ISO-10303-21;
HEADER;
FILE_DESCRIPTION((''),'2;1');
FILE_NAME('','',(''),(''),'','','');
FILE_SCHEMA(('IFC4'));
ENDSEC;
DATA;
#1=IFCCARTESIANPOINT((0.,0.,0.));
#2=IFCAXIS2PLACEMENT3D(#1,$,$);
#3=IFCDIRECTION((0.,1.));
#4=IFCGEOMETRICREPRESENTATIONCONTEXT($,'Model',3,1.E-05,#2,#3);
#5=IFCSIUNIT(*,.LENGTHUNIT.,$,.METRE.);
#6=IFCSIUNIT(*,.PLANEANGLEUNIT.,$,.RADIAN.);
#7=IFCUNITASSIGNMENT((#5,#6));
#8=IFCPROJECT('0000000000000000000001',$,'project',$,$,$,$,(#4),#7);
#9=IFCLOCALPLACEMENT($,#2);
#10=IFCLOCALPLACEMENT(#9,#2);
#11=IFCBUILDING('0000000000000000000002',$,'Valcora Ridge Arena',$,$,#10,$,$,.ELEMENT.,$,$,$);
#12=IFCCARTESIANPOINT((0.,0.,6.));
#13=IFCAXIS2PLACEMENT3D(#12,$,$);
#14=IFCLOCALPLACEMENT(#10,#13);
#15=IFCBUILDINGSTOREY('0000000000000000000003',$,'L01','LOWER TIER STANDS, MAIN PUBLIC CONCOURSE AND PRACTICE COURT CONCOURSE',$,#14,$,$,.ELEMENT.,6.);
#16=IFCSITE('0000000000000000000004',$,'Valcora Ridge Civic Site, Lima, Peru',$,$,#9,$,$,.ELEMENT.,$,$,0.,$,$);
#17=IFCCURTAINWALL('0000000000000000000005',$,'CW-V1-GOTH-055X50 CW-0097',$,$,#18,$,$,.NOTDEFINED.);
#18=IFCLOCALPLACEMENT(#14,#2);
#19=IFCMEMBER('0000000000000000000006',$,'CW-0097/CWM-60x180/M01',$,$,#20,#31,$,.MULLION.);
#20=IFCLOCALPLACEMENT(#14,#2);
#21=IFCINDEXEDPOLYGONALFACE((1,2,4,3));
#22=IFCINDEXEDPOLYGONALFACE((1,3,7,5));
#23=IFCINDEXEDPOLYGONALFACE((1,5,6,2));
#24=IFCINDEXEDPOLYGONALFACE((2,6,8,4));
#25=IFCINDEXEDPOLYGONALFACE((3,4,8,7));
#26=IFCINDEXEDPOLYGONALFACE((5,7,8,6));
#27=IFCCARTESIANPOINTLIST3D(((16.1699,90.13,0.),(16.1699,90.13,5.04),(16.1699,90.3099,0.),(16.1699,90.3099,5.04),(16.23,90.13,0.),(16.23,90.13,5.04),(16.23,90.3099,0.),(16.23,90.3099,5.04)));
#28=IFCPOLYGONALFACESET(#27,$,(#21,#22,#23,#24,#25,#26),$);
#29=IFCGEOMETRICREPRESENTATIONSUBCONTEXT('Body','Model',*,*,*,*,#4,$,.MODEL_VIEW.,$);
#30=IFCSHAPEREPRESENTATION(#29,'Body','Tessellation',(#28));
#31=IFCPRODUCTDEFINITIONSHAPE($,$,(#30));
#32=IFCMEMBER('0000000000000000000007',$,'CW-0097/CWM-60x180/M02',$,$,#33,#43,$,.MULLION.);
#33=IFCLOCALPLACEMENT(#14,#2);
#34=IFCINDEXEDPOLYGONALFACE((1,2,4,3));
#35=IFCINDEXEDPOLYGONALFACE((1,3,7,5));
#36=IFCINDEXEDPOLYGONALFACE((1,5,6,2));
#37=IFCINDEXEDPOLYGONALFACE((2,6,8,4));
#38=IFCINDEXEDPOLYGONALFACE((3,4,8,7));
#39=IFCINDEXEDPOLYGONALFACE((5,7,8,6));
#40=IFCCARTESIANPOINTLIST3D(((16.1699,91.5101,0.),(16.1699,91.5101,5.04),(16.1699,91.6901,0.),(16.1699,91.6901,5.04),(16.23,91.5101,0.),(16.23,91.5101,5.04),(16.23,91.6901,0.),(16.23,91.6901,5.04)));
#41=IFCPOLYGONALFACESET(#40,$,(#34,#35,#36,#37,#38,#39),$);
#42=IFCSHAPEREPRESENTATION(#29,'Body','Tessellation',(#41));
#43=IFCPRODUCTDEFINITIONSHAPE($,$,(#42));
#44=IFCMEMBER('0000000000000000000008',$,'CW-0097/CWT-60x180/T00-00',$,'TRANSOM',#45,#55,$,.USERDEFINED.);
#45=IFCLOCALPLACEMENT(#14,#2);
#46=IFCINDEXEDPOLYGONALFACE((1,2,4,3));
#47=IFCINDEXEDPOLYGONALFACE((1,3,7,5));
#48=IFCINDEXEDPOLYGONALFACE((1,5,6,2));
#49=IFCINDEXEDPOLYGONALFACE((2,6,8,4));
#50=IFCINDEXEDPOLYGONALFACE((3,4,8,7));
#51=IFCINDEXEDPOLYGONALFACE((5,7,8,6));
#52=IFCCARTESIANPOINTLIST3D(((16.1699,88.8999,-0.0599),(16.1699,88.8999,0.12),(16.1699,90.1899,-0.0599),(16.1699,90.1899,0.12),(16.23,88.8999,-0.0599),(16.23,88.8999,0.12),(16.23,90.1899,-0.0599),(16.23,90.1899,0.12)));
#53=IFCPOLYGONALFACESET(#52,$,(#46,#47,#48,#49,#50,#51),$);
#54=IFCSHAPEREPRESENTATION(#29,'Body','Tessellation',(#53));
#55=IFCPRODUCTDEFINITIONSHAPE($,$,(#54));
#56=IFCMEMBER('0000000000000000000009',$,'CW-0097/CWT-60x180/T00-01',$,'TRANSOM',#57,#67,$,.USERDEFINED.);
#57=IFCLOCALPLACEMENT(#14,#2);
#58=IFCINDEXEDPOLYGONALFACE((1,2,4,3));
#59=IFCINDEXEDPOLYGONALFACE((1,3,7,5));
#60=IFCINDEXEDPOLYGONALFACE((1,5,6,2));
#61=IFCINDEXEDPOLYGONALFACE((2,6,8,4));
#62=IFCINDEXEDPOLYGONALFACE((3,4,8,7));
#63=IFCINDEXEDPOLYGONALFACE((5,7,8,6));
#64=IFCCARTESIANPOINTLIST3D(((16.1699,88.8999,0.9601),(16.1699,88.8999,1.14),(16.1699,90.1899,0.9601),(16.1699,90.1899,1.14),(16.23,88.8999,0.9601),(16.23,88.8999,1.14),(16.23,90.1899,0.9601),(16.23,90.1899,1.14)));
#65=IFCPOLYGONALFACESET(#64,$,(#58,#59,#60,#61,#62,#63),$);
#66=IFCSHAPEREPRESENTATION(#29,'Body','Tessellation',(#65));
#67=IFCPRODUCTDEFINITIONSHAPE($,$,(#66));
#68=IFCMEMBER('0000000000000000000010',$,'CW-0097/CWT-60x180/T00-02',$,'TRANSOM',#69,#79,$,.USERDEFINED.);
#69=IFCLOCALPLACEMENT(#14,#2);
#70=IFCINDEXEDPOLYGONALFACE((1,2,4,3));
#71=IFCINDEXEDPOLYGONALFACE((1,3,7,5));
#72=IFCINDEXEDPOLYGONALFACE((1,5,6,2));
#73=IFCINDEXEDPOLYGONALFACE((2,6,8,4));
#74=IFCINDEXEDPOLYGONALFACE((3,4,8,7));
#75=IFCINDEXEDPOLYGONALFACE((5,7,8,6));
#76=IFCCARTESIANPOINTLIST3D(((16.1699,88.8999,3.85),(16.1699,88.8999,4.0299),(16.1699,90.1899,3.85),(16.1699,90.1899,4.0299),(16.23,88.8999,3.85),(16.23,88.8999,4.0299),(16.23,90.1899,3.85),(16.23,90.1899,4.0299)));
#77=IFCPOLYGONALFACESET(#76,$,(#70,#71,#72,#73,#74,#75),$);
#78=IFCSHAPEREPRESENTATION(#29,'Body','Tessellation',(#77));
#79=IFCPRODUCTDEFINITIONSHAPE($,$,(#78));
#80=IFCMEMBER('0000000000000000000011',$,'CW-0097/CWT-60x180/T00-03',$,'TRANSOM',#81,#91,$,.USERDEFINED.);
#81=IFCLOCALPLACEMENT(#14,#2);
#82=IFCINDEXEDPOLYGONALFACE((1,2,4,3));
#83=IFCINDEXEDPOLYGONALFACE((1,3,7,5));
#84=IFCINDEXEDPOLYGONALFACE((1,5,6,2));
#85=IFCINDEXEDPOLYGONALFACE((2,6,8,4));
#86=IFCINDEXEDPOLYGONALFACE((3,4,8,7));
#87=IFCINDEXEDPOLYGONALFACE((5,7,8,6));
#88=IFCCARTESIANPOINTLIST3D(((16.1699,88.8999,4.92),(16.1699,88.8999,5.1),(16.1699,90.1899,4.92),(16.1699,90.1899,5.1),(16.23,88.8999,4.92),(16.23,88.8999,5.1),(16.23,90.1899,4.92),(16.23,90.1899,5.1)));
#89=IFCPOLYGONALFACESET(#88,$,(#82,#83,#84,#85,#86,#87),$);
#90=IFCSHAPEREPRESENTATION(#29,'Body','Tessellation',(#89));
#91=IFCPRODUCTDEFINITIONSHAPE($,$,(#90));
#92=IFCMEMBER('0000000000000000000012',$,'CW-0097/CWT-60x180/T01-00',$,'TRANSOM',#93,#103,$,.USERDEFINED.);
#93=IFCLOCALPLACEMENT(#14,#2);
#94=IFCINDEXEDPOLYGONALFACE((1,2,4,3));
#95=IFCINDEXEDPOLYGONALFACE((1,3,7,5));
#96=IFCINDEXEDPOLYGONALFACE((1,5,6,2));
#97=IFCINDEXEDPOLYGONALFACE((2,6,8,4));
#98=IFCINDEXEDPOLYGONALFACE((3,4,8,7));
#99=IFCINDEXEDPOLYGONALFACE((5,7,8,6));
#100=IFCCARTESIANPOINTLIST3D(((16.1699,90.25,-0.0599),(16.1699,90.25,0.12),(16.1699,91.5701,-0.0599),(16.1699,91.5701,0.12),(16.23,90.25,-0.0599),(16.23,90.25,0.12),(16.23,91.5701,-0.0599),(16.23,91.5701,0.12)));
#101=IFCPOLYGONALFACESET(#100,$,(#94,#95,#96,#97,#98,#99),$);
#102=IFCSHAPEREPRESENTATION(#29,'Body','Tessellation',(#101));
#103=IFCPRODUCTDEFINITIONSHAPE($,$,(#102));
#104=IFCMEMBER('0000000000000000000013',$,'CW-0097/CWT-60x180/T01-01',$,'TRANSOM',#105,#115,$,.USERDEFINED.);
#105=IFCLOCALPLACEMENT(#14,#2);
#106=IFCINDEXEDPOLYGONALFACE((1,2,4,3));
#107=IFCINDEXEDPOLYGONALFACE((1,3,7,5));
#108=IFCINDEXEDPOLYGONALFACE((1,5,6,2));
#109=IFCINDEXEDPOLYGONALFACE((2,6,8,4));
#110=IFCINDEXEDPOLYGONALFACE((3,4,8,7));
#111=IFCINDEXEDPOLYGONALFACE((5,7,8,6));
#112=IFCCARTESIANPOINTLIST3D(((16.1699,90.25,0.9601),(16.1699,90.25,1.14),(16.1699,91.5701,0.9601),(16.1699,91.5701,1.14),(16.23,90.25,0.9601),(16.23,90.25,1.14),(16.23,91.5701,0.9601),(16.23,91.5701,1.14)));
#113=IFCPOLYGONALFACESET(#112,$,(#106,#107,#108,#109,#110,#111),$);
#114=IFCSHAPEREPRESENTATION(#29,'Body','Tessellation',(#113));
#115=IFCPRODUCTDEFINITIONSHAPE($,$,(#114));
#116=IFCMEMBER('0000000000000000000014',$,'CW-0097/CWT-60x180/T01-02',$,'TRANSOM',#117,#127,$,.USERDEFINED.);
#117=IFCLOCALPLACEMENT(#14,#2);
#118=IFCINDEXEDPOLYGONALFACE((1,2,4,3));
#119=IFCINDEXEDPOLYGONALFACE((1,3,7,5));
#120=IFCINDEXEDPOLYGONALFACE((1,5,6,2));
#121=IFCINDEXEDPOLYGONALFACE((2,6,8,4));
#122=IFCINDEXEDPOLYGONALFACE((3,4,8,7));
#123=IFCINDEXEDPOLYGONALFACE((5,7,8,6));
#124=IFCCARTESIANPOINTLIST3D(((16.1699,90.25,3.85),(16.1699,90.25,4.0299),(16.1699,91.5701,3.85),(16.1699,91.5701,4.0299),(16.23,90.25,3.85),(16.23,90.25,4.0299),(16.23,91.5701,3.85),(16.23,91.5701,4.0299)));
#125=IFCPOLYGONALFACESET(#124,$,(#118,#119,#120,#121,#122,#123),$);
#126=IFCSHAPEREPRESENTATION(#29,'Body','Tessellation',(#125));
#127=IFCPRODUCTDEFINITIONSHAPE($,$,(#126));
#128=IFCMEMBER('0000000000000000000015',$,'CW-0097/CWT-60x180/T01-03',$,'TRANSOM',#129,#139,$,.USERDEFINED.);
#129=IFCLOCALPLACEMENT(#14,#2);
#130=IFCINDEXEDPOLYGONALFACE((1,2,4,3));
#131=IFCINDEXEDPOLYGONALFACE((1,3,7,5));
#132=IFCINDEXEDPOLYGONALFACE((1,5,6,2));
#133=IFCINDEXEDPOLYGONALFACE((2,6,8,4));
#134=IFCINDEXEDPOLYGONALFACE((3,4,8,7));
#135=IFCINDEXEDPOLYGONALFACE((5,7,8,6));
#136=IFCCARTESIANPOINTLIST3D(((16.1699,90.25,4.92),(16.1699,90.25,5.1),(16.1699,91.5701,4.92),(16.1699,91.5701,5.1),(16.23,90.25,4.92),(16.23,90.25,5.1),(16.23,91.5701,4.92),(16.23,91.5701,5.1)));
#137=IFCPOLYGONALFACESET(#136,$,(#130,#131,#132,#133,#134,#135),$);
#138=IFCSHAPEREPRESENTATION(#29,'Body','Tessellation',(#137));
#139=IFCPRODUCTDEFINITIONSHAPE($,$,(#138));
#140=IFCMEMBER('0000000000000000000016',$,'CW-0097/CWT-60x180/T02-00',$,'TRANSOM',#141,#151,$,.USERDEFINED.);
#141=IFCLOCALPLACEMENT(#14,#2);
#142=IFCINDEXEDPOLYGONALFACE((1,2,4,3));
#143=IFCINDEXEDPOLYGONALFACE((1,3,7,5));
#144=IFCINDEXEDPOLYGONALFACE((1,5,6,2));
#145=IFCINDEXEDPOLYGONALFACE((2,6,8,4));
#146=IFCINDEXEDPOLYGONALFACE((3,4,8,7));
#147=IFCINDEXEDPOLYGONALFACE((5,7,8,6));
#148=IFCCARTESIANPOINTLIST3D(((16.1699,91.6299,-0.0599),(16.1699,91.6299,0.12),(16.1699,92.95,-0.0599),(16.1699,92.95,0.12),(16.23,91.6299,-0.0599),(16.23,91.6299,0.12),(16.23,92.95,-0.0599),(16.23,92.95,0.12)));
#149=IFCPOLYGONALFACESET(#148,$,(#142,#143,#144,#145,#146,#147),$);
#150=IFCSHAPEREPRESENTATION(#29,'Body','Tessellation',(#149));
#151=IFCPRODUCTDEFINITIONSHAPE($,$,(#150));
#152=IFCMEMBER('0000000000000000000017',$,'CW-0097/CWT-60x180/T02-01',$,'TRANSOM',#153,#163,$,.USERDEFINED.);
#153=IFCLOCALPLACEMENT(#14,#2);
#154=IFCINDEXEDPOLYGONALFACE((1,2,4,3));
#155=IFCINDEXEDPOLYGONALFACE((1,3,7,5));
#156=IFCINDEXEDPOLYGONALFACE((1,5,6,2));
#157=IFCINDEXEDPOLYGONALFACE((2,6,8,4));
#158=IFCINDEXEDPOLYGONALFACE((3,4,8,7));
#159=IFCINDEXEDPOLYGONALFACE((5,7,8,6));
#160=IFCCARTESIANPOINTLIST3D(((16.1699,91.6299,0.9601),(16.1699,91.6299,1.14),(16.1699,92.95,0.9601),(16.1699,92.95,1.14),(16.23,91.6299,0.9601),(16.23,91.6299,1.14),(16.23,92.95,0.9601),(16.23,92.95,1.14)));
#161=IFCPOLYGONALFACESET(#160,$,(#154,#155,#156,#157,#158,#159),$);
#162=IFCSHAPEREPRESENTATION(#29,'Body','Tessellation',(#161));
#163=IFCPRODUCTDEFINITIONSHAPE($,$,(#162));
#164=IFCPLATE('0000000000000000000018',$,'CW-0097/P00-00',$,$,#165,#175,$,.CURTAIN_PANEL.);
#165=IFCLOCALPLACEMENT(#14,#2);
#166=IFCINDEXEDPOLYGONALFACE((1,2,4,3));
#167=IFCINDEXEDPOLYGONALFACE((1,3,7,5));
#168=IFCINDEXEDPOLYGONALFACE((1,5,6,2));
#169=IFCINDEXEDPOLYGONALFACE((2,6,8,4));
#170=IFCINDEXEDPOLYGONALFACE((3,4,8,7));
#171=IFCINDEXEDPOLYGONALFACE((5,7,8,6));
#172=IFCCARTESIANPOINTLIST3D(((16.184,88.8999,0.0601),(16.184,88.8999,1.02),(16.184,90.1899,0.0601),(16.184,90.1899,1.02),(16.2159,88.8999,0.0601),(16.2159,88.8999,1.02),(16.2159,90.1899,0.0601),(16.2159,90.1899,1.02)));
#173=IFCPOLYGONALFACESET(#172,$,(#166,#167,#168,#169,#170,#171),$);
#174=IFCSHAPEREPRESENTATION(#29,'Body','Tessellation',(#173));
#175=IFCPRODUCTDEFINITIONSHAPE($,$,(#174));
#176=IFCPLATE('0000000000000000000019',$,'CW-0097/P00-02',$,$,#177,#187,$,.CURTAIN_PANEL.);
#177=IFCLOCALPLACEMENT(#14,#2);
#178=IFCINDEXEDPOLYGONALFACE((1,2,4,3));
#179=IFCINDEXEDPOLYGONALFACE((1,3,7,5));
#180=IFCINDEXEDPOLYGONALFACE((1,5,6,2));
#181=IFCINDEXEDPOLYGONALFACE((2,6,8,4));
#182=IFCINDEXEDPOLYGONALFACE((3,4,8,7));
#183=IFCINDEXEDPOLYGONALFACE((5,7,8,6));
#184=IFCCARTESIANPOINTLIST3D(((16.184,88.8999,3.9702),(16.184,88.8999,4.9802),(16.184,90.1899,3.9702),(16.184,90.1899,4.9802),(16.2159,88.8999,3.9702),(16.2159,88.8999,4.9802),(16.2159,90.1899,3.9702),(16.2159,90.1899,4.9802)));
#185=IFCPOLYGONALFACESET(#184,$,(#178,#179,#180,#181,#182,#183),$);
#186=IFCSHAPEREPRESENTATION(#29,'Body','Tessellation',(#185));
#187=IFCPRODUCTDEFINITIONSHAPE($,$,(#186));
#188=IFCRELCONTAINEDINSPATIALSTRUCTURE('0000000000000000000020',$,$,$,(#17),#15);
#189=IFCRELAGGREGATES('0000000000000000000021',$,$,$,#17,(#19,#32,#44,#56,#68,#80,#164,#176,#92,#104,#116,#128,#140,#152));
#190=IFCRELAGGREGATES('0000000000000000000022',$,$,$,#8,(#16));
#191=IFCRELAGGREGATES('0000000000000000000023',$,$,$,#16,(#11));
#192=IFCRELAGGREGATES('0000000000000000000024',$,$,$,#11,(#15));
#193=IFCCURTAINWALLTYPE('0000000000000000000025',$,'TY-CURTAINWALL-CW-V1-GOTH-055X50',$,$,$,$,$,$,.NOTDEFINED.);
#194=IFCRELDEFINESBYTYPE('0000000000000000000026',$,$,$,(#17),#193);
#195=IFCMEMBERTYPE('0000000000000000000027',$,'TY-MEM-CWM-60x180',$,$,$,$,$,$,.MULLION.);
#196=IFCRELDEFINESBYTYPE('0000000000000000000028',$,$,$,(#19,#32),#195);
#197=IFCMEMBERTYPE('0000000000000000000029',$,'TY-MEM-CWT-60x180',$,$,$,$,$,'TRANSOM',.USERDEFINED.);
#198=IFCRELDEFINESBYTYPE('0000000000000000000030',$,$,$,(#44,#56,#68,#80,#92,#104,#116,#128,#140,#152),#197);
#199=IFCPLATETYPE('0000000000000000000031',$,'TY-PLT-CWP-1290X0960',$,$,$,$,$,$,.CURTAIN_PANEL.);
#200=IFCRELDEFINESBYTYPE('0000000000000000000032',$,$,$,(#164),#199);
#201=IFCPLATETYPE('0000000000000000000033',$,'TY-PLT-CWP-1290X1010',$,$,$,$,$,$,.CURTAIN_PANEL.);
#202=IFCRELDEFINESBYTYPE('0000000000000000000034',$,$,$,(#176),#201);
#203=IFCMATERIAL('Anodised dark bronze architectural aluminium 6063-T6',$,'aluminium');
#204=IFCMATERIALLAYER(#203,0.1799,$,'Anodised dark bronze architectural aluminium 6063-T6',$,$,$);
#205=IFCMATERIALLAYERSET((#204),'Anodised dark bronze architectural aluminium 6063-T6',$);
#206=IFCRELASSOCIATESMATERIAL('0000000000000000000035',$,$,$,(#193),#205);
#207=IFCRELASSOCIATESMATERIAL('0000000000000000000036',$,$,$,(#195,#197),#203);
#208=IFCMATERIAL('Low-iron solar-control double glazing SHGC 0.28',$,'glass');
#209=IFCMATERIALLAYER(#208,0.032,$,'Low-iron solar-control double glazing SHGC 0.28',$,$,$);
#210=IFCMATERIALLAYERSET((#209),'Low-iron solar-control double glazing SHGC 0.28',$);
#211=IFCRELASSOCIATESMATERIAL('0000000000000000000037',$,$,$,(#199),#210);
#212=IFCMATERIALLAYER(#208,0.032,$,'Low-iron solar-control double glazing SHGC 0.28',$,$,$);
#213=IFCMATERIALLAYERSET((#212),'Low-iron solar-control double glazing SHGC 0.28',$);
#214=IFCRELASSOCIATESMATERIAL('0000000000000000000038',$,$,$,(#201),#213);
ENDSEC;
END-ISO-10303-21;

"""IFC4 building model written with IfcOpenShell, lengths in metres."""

from ifc_helpers import new_model, si_unit, direction, frame, origin, origin_2d, place, context, subcontext, project, spatial, rectangle, extrude, material, layer, layer_set, material_profile, profile_set, type_object, element, aggregate, save


model = new_model("IFC4")

# Units and contexts
model_context = context("Model", 3, precision=1e-05, world=origin(), true_north=direction((0.0, 1.0)))
body_context = subcontext(model_context, "Body", "Model", "MODEL_VIEW")
ifc_project = project(units=[si_unit("LENGTHUNIT", "METRE"), si_unit("PLANEANGLEUNIT", "RADIAN")], contexts=[model_context])

# Site, building, storey
site_placement = place(None, origin())
site = spatial("IfcSite", under=ifc_project, at=site_placement, Name="Valcora Ridge Civic Site, Lima, Peru", CompositionType="ELEMENT", RefElevation=0.0)
building_placement = place(site_placement, origin())
building = spatial("IfcBuilding", under=site, at=building_placement, Name="Valcora Ridge Arena", CompositionType="ELEMENT")
storey_placement = place(building_placement, frame((0.0, 0.0, 6.0)))
storey = spatial("IfcBuildingStorey", under=building, at=storey_placement, Name="L01", Description="LOWER TIER STANDS, MAIN PUBLIC CONCOURSE AND PRACTICE COURT CONCOURSE", CompositionType="ELEMENT", Elevation=6.0)

# Curtain wall, members, plates
ifc_material_1 = material(Name="Anodised dark bronze architectural aluminium 6063-T6", Category="aluminium")
ifc_layer_1 = layer(ifc_material_1, 0.1799, Name="Anodised dark bronze architectural aluminium 6063-T6")
ifc_layer_set_1 = layer_set([ifc_layer_1], Name="Anodised dark bronze architectural aluminium 6063-T6")
curtain_wall_type = type_object("IfcCurtainWallType", Name="TY-CURTAINWALL-CW-V1-GOTH-055X50", PredefinedType="NOTDEFINED", material=ifc_layer_set_1)
curtain_wall_placement = place(storey_placement, origin())
curtain_wall = element("IfcCurtainWall", 1, at=curtain_wall_placement, inside=storey, type_object=curtain_wall_type, Name="CW-V1-GOTH-055X50 CW-0097", PredefinedType="NOTDEFINED")
ifc_material_profile_1 = material_profile(ifc_material_1, rectangle(XDim=0.0601, YDim=0.1799, at=origin_2d()), Name="ALU MULLION 60x180")
ifc_profile_set_1 = profile_set([ifc_material_profile_1], Name="Anodised dark bronze architectural aluminium 6063-T6")
member_type_1 = type_object("IfcMemberType", Name="TY-MEM-CWM-60x180", PredefinedType="MULLION", material=ifc_profile_set_1)
member_1_placement = place(storey_placement, frame((16.2, 90.22, 0.0), z_axis=(0.0, 0.0, 1.0), x_axis=(-1.0, 0.0, 0.0)))
member_1 = element("IfcMember", 2, at=member_1_placement, type_object=member_type_1, Name="CW-0097/CWM-60x180/M01", PredefinedType="MULLION", context=body_context, shape_type="SweptSolid", body=[
    extrude(rectangle(XDim=0.0601, YDim=0.1799, at=origin_2d()), origin(), (0.0, 0.0, 1.0), 5.04),
])
member_2_placement = place(storey_placement, frame((16.2, 91.6001, 0.0), z_axis=(0.0, 0.0, 1.0), x_axis=(-1.0, 0.0, 0.0)))
member_2 = element("IfcMember", 3, at=member_2_placement, type_object=member_type_1, Name="CW-0097/CWM-60x180/M02", PredefinedType="MULLION", context=body_context, shape_type="SweptSolid", body=[
    extrude(rectangle(XDim=0.0601, YDim=0.1799, at=origin_2d()), origin(), (0.0, 0.0, 1.0), 5.04),
])
ifc_material_profile_2 = material_profile(ifc_material_1, rectangle(XDim=0.0601, YDim=0.1799, at=origin_2d()), Name="ALU TRANSOM 60x180")
ifc_profile_set_2 = profile_set([ifc_material_profile_2], Name="Anodised dark bronze architectural aluminium 6063-T6")
member_type_2 = type_object("IfcMemberType", Name="TY-MEM-CWT-60x180", ElementType="TRANSOM", PredefinedType="USERDEFINED", material=ifc_profile_set_2)
member_3_placement = place(storey_placement, frame((16.2, 88.8999, 0.03), z_axis=(0.0, 1.0, 0.0), x_axis=(-1.0, 0.0, 0.0)))
member_3 = element("IfcMember", 4, at=member_3_placement, type_object=member_type_2, Name="CW-0097/CWT-60x180/T00-00", ObjectType="TRANSOM", PredefinedType="USERDEFINED", context=body_context, shape_type="SweptSolid", body=[
    extrude(rectangle(XDim=0.0601, YDim=0.1799, at=origin_2d()), origin(), (0.0, 0.0, 1.0), 1.29),
])
member_4_placement = place(storey_placement, frame((16.2, 88.8999, 1.05), z_axis=(0.0, 1.0, 0.0), x_axis=(-1.0, 0.0, 0.0)))
member_4 = element("IfcMember", 5, at=member_4_placement, type_object=member_type_2, Name="CW-0097/CWT-60x180/T00-01", ObjectType="TRANSOM", PredefinedType="USERDEFINED", context=body_context, shape_type="SweptSolid", body=[
    extrude(rectangle(XDim=0.0601, YDim=0.1799, at=origin_2d()), origin(), (0.0, 0.0, 1.0), 1.29),
])
member_5_placement = place(storey_placement, frame((16.2, 88.8999, 3.9399), z_axis=(0.0, 1.0, 0.0), x_axis=(-1.0, 0.0, 0.0)))
member_5 = element("IfcMember", 6, at=member_5_placement, type_object=member_type_2, Name="CW-0097/CWT-60x180/T00-02", ObjectType="TRANSOM", PredefinedType="USERDEFINED", context=body_context, shape_type="SweptSolid", body=[
    extrude(rectangle(XDim=0.0601, YDim=0.1799, at=origin_2d()), origin(), (0.0, 0.0, 1.0), 1.29),
])
member_6_placement = place(storey_placement, frame((16.2, 88.8999, 5.01), z_axis=(0.0, 1.0, 0.0), x_axis=(-1.0, 0.0, 0.0)))
member_6 = element("IfcMember", 7, at=member_6_placement, type_object=member_type_2, Name="CW-0097/CWT-60x180/T00-03", ObjectType="TRANSOM", PredefinedType="USERDEFINED", context=body_context, shape_type="SweptSolid", body=[
    extrude(rectangle(XDim=0.0601, YDim=0.1799, at=origin_2d()), origin(), (0.0, 0.0, 1.0), 1.29),
])
member_7_placement = place(storey_placement, frame((16.2, 90.25, 0.03), z_axis=(0.0, 1.0, 0.0), x_axis=(-1.0, 0.0, 0.0)))
member_7 = element("IfcMember", 8, at=member_7_placement, type_object=member_type_2, Name="CW-0097/CWT-60x180/T01-00", ObjectType="TRANSOM", PredefinedType="USERDEFINED", context=body_context, shape_type="SweptSolid", body=[
    extrude(rectangle(XDim=0.0601, YDim=0.1799, at=origin_2d()), origin(), (0.0, 0.0, 1.0), 1.3201),
])
member_8_placement = place(storey_placement, frame((16.2, 90.25, 1.05), z_axis=(0.0, 1.0, 0.0), x_axis=(-1.0, 0.0, 0.0)))
member_8 = element("IfcMember", 9, at=member_8_placement, type_object=member_type_2, Name="CW-0097/CWT-60x180/T01-01", ObjectType="TRANSOM", PredefinedType="USERDEFINED", context=body_context, shape_type="SweptSolid", body=[
    extrude(rectangle(XDim=0.0601, YDim=0.1799, at=origin_2d()), origin(), (0.0, 0.0, 1.0), 1.3201),
])
member_9_placement = place(storey_placement, frame((16.2, 90.25, 3.9399), z_axis=(0.0, 1.0, 0.0), x_axis=(-1.0, 0.0, 0.0)))
member_9 = element("IfcMember", 10, at=member_9_placement, type_object=member_type_2, Name="CW-0097/CWT-60x180/T01-02", ObjectType="TRANSOM", PredefinedType="USERDEFINED", context=body_context, shape_type="SweptSolid", body=[
    extrude(rectangle(XDim=0.0601, YDim=0.1799, at=origin_2d()), origin(), (0.0, 0.0, 1.0), 1.3201),
])
member_10_placement = place(storey_placement, frame((16.2, 90.25, 5.01), z_axis=(0.0, 1.0, 0.0), x_axis=(-1.0, 0.0, 0.0)))
member_10 = element("IfcMember", 11, at=member_10_placement, type_object=member_type_2, Name="CW-0097/CWT-60x180/T01-03", ObjectType="TRANSOM", PredefinedType="USERDEFINED", context=body_context, shape_type="SweptSolid", body=[
    extrude(rectangle(XDim=0.0601, YDim=0.1799, at=origin_2d()), origin(), (0.0, 0.0, 1.0), 1.3201),
])
member_11_placement = place(storey_placement, frame((16.2, 91.6299, 0.03), z_axis=(0.0, 1.0, 0.0), x_axis=(-1.0, 0.0, 0.0)))
member_11 = element("IfcMember", 12, at=member_11_placement, type_object=member_type_2, Name="CW-0097/CWT-60x180/T02-00", ObjectType="TRANSOM", PredefinedType="USERDEFINED", context=body_context, shape_type="SweptSolid", body=[
    extrude(rectangle(XDim=0.0601, YDim=0.1799, at=origin_2d()), origin(), (0.0, 0.0, 1.0), 1.3201),
])
member_12_placement = place(storey_placement, frame((16.2, 91.6299, 1.05), z_axis=(0.0, 1.0, 0.0), x_axis=(-1.0, 0.0, 0.0)))
member_12 = element("IfcMember", 13, at=member_12_placement, type_object=member_type_2, Name="CW-0097/CWT-60x180/T02-01", ObjectType="TRANSOM", PredefinedType="USERDEFINED", context=body_context, shape_type="SweptSolid", body=[
    extrude(rectangle(XDim=0.0601, YDim=0.1799, at=origin_2d()), origin(), (0.0, 0.0, 1.0), 1.3201),
])
ifc_material_2 = material(Name="Low-iron solar-control double glazing SHGC 0.28", Category="glass")
ifc_layer_2 = layer(ifc_material_2, 0.032, Name="Low-iron solar-control double glazing SHGC 0.28")
ifc_layer_set_2 = layer_set([ifc_layer_2], Name="Low-iron solar-control double glazing SHGC 0.28")
plate_type_1 = type_object("IfcPlateType", Name="TY-PLT-CWP-1290X0960", PredefinedType="CURTAIN_PANEL", material=ifc_layer_set_2)
plate_1_placement = place(storey_placement, frame((16.2, 89.5449, 0.0601), z_axis=(0.0, 0.0, 1.0), x_axis=(0.0, 1.0, 0.0)))
plate_1 = element("IfcPlate", 14, at=plate_1_placement, type_object=plate_type_1, Name="CW-0097/P00-00", PredefinedType="CURTAIN_PANEL", context=body_context, shape_type="SweptSolid", body=[
    extrude(rectangle(XDim=1.29, YDim=0.032, at=origin_2d()), origin(), (0.0, 0.0, 1.0), 0.96),
])
ifc_layer_3 = layer(ifc_material_2, 0.032, Name="Low-iron solar-control double glazing SHGC 0.28")
ifc_layer_set_3 = layer_set([ifc_layer_3], Name="Low-iron solar-control double glazing SHGC 0.28")
plate_type_2 = type_object("IfcPlateType", Name="TY-PLT-CWP-1290X1010", PredefinedType="CURTAIN_PANEL", material=ifc_layer_set_3)
plate_2_placement = place(storey_placement, frame((16.2, 89.5449, 3.9702), z_axis=(0.0, 0.0, 1.0), x_axis=(0.0, 1.0, 0.0)))
plate_2 = element("IfcPlate", 15, at=plate_2_placement, type_object=plate_type_2, Name="CW-0097/P00-02", PredefinedType="CURTAIN_PANEL", context=body_context, shape_type="SweptSolid", body=[
    extrude(rectangle(XDim=1.29, YDim=0.032, at=origin_2d()), origin(), (0.0, 0.0, 1.0), 1.01),
])
aggregate(curtain_wall, [member_1, member_2, member_3, member_4, member_5, member_6, plate_1, plate_2, member_7, member_8, member_9, member_10, member_11, member_12])

save(model, "model.ifc")
